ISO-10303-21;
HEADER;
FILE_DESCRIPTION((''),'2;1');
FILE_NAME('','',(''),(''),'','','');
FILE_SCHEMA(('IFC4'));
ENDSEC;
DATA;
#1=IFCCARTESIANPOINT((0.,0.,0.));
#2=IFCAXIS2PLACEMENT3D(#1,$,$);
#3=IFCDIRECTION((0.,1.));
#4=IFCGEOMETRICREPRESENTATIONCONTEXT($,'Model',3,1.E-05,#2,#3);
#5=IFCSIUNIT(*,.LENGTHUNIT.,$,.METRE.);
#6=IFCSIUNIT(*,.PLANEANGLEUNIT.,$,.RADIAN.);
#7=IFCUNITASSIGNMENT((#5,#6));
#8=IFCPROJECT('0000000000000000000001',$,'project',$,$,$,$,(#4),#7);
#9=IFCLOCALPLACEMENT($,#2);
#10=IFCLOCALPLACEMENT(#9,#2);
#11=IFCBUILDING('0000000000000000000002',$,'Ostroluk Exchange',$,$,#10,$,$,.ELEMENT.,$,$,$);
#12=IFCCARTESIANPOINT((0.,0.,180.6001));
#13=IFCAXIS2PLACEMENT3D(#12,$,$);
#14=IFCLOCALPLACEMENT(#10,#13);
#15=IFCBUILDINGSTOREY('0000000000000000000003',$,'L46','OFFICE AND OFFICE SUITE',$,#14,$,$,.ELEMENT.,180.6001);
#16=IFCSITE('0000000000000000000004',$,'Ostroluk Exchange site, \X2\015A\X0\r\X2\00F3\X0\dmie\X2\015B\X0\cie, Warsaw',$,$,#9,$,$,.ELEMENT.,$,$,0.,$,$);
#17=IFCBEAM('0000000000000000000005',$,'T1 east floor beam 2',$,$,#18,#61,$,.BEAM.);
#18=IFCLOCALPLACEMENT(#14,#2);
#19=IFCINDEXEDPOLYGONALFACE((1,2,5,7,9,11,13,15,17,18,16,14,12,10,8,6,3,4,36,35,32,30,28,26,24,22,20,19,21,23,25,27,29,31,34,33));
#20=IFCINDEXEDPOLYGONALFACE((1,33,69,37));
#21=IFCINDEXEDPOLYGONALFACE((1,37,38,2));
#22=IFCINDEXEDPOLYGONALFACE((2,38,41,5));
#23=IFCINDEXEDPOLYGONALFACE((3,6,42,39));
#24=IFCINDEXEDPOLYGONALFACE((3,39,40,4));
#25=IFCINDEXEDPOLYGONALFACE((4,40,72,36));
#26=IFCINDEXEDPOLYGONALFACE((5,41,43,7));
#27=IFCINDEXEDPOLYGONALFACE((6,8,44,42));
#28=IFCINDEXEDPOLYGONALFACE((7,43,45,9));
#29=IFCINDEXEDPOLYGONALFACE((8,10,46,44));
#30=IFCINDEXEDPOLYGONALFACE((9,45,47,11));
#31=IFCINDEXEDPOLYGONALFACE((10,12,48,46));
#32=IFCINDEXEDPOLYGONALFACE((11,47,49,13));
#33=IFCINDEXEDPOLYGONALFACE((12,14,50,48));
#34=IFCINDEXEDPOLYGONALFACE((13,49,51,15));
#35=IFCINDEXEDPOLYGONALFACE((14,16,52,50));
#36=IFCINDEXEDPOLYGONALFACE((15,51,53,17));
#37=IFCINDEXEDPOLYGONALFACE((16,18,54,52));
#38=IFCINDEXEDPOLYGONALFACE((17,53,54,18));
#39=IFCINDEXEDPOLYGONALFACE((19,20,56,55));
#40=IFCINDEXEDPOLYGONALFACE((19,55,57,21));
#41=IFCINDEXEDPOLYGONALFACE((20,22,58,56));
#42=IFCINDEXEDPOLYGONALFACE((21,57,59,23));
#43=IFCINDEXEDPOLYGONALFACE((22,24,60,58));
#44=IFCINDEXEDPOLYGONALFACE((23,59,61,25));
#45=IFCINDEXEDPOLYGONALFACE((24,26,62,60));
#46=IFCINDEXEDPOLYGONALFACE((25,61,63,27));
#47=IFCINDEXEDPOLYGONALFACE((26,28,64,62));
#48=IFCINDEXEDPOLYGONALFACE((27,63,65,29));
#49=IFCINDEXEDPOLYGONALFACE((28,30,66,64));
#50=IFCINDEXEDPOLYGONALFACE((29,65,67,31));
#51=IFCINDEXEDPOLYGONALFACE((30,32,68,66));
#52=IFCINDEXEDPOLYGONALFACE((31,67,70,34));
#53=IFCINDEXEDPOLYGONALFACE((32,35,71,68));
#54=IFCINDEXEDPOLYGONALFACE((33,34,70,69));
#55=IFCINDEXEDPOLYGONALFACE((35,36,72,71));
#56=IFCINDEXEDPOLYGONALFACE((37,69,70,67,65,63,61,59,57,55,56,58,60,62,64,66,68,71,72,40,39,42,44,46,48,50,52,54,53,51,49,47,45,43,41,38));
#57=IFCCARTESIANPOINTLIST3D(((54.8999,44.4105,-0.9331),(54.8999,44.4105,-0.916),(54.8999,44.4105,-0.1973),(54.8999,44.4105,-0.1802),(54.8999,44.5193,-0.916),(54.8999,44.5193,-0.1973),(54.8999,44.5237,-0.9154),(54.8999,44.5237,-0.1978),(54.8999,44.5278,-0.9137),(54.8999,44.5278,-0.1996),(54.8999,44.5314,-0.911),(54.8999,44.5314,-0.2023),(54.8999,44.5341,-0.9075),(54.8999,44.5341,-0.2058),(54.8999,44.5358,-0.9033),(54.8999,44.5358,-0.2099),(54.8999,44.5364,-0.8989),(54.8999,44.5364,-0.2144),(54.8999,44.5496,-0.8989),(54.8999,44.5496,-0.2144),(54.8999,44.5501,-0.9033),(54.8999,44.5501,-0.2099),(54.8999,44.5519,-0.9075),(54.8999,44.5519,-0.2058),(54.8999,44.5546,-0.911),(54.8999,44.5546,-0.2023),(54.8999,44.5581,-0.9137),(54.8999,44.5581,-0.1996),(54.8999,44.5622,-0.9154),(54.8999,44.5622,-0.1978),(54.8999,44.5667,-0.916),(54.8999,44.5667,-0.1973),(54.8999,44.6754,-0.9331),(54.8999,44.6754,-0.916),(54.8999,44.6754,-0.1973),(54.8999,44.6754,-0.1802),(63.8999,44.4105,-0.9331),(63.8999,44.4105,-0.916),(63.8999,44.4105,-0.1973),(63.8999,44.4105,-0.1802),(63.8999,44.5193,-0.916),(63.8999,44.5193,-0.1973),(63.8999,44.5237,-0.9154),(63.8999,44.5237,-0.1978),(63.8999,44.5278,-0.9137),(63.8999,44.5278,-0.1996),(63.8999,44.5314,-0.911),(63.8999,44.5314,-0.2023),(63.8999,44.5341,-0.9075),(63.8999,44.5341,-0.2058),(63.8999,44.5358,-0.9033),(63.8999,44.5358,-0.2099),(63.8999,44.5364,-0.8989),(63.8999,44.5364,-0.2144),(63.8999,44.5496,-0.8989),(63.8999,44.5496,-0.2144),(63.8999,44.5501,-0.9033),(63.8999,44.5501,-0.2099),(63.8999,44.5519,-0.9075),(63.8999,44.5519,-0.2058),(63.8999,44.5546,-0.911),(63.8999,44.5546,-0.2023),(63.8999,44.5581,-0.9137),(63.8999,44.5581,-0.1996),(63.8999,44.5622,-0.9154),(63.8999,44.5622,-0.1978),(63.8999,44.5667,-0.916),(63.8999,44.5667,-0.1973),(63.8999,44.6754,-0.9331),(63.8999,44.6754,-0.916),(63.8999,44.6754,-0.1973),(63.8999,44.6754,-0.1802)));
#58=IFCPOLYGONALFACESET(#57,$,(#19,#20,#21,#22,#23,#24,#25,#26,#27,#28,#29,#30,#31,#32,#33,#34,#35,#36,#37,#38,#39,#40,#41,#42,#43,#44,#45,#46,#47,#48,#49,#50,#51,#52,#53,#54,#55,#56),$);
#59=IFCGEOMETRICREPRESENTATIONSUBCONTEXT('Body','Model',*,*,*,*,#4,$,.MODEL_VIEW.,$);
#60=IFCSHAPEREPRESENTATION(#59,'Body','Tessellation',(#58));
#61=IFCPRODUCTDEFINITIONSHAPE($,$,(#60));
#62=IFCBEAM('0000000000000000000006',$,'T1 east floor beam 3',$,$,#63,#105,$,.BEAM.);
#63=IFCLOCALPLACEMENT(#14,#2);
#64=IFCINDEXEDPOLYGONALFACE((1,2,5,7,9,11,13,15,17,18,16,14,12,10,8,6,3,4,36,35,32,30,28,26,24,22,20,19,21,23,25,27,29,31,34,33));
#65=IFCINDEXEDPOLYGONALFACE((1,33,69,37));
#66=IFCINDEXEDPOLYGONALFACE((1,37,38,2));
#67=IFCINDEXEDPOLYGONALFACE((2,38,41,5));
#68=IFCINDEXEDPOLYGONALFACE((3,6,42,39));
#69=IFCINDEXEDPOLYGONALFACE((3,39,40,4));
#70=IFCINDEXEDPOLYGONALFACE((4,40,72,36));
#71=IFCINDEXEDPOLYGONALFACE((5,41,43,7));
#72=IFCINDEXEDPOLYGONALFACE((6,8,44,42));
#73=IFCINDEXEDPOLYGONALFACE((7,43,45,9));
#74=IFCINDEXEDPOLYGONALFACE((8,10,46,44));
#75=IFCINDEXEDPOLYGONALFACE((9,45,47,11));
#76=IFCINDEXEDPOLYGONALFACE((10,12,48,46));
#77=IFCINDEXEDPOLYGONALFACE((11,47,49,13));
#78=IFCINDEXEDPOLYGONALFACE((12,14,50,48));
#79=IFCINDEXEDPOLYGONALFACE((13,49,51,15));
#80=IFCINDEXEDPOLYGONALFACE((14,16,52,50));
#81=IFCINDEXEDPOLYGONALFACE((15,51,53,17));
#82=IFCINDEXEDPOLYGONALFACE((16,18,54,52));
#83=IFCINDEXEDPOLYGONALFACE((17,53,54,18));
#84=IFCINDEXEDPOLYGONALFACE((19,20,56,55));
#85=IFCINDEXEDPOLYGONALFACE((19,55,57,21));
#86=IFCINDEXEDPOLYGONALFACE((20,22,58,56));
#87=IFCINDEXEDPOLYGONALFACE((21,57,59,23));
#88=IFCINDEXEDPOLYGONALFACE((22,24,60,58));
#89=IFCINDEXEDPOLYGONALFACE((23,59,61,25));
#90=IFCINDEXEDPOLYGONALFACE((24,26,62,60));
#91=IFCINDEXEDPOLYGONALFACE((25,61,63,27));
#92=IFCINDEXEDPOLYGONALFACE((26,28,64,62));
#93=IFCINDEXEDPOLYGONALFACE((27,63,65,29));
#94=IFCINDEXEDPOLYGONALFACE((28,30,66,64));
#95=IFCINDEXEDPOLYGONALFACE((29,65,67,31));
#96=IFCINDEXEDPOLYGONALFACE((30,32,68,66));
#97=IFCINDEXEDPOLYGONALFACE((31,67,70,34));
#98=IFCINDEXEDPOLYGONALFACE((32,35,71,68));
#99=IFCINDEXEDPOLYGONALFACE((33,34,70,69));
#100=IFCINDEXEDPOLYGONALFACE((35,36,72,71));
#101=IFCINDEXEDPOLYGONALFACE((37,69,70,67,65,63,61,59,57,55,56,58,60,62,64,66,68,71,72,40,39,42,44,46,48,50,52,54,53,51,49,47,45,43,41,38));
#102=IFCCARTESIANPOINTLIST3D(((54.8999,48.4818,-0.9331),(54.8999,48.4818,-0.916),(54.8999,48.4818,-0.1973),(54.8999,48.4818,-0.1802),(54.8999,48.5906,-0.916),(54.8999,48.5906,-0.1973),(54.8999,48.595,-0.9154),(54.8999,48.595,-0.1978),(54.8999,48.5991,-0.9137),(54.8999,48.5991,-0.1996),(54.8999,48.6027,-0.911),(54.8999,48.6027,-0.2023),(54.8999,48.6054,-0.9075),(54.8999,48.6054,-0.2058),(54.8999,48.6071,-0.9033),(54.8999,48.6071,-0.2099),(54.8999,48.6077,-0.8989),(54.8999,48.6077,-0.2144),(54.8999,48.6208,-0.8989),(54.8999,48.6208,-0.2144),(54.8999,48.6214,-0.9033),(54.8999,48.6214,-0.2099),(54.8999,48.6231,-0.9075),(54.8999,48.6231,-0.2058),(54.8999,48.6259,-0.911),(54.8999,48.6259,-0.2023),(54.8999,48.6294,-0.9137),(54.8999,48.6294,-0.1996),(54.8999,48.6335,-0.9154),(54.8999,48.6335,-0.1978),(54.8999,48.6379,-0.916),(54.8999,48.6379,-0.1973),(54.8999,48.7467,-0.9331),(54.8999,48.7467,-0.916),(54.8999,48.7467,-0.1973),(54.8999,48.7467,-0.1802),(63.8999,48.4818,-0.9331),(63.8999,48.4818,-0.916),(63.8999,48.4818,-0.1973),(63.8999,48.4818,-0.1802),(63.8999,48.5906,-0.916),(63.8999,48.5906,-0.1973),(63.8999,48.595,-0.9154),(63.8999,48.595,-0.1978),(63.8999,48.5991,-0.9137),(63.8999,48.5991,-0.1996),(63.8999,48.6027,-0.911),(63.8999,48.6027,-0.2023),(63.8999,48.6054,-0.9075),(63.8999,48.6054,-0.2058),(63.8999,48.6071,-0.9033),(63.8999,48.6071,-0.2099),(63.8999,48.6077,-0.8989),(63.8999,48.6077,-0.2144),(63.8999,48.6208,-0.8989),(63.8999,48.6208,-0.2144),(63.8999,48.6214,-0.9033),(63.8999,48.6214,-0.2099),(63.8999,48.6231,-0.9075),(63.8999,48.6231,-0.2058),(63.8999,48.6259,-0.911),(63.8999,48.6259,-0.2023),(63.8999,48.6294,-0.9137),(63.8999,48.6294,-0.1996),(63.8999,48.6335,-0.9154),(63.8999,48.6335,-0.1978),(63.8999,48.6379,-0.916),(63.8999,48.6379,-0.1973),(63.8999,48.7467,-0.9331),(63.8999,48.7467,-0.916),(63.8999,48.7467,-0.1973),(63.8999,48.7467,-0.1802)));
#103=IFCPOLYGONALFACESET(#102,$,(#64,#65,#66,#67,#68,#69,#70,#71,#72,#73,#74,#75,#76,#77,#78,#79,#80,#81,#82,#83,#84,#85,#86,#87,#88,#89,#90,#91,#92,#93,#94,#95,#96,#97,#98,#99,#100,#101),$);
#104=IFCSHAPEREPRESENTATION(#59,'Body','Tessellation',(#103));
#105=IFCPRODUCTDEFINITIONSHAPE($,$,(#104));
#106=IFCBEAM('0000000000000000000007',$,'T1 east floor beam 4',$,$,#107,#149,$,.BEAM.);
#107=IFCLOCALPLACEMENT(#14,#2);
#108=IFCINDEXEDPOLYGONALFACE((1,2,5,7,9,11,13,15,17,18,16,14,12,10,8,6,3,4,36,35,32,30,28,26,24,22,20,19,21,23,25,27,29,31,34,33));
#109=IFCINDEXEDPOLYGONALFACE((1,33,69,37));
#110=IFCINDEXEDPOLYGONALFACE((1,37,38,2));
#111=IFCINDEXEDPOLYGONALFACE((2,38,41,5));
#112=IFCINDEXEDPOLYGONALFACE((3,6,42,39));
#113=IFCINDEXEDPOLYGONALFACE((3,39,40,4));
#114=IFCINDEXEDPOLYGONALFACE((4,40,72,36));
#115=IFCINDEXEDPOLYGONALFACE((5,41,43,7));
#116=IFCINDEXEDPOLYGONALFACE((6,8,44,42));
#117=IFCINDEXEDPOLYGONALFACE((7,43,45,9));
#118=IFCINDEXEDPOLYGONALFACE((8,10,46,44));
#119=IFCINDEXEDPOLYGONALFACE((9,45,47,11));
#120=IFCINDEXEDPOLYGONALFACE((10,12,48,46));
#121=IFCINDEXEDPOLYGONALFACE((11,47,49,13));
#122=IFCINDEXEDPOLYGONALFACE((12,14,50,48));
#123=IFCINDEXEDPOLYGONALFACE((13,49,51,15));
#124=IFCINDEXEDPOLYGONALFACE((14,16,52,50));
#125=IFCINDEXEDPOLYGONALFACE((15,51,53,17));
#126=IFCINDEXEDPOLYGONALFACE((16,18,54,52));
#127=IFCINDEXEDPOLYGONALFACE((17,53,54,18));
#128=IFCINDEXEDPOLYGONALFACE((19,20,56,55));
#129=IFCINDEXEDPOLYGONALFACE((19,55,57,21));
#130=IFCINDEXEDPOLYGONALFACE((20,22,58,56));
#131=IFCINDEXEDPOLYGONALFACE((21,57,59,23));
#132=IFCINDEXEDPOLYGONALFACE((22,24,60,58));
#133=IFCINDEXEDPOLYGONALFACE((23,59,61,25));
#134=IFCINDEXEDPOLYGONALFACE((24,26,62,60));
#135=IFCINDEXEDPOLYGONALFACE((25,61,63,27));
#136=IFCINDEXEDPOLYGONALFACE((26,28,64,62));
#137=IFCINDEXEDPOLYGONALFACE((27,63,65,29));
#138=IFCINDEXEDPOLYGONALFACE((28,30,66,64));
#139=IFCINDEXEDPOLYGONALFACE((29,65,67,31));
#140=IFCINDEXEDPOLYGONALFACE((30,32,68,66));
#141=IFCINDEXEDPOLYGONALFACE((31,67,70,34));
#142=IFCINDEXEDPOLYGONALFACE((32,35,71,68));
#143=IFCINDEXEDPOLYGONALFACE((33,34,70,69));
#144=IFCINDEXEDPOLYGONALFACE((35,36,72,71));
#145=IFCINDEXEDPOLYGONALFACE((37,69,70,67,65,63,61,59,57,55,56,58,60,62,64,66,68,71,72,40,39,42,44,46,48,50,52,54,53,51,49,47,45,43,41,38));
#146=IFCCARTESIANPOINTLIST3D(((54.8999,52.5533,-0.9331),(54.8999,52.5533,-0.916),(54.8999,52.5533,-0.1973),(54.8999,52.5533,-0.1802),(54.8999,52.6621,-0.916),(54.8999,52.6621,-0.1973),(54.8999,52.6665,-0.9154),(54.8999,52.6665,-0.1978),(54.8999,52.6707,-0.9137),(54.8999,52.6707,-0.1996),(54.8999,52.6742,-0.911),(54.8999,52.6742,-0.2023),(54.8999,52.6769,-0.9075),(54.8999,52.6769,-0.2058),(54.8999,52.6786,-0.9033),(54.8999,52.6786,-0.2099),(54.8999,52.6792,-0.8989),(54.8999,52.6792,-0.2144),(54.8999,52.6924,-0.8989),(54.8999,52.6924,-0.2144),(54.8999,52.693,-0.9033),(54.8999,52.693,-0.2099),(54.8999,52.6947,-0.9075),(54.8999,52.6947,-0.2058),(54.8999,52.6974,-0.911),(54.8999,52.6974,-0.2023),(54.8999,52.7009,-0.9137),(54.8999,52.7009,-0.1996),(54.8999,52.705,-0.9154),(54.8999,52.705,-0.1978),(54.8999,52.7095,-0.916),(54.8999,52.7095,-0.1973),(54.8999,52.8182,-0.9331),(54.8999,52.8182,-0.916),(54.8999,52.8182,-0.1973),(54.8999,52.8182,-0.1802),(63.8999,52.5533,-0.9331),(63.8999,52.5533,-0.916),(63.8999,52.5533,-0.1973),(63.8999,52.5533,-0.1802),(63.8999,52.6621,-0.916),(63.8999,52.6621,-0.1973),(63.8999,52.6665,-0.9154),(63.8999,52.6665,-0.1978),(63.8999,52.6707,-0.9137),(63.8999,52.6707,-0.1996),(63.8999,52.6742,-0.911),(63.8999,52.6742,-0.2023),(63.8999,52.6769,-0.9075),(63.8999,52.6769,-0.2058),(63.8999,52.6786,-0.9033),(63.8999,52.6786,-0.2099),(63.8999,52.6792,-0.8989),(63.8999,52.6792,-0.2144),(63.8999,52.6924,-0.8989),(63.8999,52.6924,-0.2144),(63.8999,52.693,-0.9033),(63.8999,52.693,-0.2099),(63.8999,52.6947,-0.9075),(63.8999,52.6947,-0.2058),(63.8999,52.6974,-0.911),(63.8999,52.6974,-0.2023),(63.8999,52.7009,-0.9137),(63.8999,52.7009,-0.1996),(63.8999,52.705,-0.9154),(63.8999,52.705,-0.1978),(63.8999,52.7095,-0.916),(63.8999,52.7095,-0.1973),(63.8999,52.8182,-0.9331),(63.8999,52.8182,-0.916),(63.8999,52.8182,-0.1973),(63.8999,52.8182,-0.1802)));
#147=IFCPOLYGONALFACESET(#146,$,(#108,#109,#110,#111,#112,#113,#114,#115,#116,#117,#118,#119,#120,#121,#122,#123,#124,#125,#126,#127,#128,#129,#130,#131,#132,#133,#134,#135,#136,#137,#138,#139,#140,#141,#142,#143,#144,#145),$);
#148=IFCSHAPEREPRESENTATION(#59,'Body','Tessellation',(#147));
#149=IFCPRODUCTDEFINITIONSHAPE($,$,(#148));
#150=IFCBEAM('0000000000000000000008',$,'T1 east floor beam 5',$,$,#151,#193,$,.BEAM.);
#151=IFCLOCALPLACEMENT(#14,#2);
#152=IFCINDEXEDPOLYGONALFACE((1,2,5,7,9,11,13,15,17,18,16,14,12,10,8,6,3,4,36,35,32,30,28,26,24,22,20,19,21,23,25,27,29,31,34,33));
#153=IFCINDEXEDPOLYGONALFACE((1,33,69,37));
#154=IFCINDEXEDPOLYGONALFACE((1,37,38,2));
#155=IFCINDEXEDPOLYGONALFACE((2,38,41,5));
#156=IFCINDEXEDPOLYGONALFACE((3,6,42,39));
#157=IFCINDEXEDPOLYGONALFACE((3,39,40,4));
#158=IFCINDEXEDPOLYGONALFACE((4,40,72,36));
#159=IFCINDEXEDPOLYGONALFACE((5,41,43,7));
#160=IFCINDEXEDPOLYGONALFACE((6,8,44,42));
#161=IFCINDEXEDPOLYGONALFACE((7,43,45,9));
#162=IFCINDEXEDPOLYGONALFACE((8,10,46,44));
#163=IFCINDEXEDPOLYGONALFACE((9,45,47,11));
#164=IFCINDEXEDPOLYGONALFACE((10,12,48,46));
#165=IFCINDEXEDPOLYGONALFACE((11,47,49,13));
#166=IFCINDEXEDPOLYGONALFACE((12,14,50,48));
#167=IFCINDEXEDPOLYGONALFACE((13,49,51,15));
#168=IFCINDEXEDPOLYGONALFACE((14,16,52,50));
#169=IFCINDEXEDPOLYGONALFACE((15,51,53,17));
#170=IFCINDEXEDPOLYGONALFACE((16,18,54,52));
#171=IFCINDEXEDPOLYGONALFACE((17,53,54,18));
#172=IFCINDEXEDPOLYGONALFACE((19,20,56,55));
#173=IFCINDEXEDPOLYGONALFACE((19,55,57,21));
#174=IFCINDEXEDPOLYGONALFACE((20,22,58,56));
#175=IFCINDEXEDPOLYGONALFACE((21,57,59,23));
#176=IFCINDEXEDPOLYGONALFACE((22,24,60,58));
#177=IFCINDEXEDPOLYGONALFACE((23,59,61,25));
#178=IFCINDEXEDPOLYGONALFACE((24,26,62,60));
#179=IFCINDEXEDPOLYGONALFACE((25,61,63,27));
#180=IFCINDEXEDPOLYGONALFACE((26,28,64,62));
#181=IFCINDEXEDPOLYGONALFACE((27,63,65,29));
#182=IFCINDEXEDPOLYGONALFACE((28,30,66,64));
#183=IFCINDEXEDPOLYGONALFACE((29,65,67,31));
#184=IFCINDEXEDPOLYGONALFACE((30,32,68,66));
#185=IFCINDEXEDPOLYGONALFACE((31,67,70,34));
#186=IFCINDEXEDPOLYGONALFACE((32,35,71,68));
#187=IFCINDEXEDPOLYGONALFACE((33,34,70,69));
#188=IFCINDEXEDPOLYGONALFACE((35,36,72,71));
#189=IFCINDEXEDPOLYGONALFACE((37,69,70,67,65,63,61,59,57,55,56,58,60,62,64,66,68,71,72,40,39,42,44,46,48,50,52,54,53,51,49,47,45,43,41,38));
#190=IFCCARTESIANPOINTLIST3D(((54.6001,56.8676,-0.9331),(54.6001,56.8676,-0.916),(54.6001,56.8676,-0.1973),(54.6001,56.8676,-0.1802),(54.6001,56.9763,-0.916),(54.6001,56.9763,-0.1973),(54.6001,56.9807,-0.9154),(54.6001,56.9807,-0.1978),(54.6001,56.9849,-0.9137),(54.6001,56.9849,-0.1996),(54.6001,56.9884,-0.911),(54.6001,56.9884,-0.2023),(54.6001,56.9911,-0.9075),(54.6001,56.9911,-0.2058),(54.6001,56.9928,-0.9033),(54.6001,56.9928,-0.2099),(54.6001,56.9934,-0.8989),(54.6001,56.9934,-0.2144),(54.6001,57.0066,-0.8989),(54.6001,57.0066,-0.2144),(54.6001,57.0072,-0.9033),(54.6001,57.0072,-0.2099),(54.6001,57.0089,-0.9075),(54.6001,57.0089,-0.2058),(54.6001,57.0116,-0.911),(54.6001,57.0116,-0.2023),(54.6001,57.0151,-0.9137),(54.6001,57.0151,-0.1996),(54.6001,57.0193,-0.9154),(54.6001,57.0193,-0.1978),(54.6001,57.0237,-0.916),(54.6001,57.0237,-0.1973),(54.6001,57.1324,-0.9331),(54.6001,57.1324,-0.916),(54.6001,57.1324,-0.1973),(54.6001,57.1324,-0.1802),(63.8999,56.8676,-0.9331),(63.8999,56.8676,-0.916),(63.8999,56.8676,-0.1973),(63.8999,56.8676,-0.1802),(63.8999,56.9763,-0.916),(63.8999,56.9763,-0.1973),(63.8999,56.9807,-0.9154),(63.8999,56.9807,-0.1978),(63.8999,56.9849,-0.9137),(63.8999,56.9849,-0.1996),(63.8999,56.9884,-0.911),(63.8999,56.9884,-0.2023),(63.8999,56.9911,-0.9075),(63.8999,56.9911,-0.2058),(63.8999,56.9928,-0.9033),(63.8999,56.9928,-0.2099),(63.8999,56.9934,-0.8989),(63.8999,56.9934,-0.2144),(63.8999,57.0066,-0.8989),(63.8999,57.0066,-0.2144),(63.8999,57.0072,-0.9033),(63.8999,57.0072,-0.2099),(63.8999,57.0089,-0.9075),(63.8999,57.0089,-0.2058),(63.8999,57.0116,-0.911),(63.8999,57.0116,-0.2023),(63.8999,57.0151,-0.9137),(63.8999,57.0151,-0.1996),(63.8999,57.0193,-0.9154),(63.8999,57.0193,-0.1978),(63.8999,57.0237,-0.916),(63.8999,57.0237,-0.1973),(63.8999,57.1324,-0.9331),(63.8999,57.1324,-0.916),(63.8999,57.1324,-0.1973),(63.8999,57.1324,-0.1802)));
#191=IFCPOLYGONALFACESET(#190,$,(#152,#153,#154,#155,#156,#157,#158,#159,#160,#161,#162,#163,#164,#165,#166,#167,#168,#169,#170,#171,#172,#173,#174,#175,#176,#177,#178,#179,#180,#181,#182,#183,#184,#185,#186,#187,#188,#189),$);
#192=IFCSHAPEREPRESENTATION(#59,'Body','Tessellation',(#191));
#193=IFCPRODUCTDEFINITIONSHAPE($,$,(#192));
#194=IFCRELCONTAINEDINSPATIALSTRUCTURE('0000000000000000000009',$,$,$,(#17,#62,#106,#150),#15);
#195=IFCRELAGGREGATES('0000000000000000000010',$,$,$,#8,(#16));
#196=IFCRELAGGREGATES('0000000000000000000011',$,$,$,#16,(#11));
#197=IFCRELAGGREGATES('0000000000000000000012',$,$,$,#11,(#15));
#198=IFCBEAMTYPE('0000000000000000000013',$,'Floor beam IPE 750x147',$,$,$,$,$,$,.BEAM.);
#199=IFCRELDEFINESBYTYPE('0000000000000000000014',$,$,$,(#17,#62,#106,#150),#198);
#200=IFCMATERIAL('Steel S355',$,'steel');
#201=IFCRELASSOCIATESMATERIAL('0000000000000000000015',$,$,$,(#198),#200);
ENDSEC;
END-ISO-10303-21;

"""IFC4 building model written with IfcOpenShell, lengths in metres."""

from ifc_helpers import new_model, si_unit, direction, frame, origin, origin_2d, place, context, subcontext, project, spatial, i_section, extrude, material, material_profile, profile_set, type_object, element, save


model = new_model("IFC4")

# Units and contexts
model_context = context("Model", 3, precision=1e-05, world=origin(), true_north=direction((0.0, 1.0)))
body_context = subcontext(model_context, "Body", "Model", "MODEL_VIEW")
ifc_project = project(units=[si_unit("LENGTHUNIT", "METRE"), si_unit("PLANEANGLEUNIT", "RADIAN")], contexts=[model_context])

# Site, building, storey
site_placement = place(None, origin())
site = spatial("IfcSite", under=ifc_project, at=site_placement, Name="Ostroluk Exchange site, Śródmieście, Warsaw", CompositionType="ELEMENT", RefElevation=0.0)
building_placement = place(site_placement, origin())
building = spatial("IfcBuilding", under=site, at=building_placement, Name="Ostroluk Exchange", CompositionType="ELEMENT")
storey_placement = place(building_placement, frame((0.0, 0.0, 180.6001)))
storey = spatial("IfcBuildingStorey", under=building, at=storey_placement, Name="L46", Description="OFFICE AND OFFICE SUITE", CompositionType="ELEMENT", Elevation=180.6001)

# Beams
ifc_material_1 = material(Name="Steel S355", Category="steel")
ifc_material_profile_1 = material_profile(ifc_material_1, i_section(OverallWidth=0.2649, OverallDepth=0.7529, WebThickness=0.0132, FlangeThickness=0.0171, FilletRadius=0.0171, at=origin_2d()), Name="IPE 750x147")
ifc_profile_set_1 = profile_set([ifc_material_profile_1], Name="Steel S355")
beam_type_1 = type_object("IfcBeamType", Name="Floor beam IPE 750x147", PredefinedType="BEAM", material=ifc_profile_set_1)
for number, where, z_axis, x_axis, name in (
    (1, (54.8999, 44.543, -0.5566), (1.0, 0.0, 0.0), (0.0, 1.0, 0.0), "T1 east floor beam 2"),
    (2, (54.8999, 48.6143, -0.5566), (1.0, 0.0, 0.0), (0.0, 1.0, 0.0), "T1 east floor beam 3"),
    (3, (54.8999, 52.6858, -0.5566), (1.0, 0.0, 0.0), (0.0, 1.0, 0.0), "T1 east floor beam 4"),
):
    element("IfcBeam", number, at=place(storey_placement, frame(where, z_axis=z_axis, x_axis=x_axis)), inside=storey, type_object=beam_type_1, Name=name, PredefinedType="BEAM", context=body_context, shape_type="SweptSolid", body=[
        extrude(i_section(OverallWidth=0.2649, OverallDepth=0.7529, WebThickness=0.0132, FlangeThickness=0.0171, FilletRadius=0.0171, at=origin_2d()), origin(), (0.0, 0.0, 1.0), 9.0),
    ])
beam_1_placement = place(storey_placement, frame((54.6001, 57.0, -0.5566), z_axis=(1.0, 0.0, 0.0), x_axis=(0.0, 1.0, 0.0)))
element("IfcBeam", 4, at=beam_1_placement, inside=storey, type_object=beam_type_1, Name="T1 east floor beam 5", PredefinedType="BEAM", context=body_context, shape_type="SweptSolid", body=[
    extrude(i_section(OverallWidth=0.2649, OverallDepth=0.7529, WebThickness=0.0132, FlangeThickness=0.0171, FilletRadius=0.0171, at=origin_2d()), origin(), (0.0, 0.0, 1.0), 9.2998),
])

save(model, "model.ifc")
